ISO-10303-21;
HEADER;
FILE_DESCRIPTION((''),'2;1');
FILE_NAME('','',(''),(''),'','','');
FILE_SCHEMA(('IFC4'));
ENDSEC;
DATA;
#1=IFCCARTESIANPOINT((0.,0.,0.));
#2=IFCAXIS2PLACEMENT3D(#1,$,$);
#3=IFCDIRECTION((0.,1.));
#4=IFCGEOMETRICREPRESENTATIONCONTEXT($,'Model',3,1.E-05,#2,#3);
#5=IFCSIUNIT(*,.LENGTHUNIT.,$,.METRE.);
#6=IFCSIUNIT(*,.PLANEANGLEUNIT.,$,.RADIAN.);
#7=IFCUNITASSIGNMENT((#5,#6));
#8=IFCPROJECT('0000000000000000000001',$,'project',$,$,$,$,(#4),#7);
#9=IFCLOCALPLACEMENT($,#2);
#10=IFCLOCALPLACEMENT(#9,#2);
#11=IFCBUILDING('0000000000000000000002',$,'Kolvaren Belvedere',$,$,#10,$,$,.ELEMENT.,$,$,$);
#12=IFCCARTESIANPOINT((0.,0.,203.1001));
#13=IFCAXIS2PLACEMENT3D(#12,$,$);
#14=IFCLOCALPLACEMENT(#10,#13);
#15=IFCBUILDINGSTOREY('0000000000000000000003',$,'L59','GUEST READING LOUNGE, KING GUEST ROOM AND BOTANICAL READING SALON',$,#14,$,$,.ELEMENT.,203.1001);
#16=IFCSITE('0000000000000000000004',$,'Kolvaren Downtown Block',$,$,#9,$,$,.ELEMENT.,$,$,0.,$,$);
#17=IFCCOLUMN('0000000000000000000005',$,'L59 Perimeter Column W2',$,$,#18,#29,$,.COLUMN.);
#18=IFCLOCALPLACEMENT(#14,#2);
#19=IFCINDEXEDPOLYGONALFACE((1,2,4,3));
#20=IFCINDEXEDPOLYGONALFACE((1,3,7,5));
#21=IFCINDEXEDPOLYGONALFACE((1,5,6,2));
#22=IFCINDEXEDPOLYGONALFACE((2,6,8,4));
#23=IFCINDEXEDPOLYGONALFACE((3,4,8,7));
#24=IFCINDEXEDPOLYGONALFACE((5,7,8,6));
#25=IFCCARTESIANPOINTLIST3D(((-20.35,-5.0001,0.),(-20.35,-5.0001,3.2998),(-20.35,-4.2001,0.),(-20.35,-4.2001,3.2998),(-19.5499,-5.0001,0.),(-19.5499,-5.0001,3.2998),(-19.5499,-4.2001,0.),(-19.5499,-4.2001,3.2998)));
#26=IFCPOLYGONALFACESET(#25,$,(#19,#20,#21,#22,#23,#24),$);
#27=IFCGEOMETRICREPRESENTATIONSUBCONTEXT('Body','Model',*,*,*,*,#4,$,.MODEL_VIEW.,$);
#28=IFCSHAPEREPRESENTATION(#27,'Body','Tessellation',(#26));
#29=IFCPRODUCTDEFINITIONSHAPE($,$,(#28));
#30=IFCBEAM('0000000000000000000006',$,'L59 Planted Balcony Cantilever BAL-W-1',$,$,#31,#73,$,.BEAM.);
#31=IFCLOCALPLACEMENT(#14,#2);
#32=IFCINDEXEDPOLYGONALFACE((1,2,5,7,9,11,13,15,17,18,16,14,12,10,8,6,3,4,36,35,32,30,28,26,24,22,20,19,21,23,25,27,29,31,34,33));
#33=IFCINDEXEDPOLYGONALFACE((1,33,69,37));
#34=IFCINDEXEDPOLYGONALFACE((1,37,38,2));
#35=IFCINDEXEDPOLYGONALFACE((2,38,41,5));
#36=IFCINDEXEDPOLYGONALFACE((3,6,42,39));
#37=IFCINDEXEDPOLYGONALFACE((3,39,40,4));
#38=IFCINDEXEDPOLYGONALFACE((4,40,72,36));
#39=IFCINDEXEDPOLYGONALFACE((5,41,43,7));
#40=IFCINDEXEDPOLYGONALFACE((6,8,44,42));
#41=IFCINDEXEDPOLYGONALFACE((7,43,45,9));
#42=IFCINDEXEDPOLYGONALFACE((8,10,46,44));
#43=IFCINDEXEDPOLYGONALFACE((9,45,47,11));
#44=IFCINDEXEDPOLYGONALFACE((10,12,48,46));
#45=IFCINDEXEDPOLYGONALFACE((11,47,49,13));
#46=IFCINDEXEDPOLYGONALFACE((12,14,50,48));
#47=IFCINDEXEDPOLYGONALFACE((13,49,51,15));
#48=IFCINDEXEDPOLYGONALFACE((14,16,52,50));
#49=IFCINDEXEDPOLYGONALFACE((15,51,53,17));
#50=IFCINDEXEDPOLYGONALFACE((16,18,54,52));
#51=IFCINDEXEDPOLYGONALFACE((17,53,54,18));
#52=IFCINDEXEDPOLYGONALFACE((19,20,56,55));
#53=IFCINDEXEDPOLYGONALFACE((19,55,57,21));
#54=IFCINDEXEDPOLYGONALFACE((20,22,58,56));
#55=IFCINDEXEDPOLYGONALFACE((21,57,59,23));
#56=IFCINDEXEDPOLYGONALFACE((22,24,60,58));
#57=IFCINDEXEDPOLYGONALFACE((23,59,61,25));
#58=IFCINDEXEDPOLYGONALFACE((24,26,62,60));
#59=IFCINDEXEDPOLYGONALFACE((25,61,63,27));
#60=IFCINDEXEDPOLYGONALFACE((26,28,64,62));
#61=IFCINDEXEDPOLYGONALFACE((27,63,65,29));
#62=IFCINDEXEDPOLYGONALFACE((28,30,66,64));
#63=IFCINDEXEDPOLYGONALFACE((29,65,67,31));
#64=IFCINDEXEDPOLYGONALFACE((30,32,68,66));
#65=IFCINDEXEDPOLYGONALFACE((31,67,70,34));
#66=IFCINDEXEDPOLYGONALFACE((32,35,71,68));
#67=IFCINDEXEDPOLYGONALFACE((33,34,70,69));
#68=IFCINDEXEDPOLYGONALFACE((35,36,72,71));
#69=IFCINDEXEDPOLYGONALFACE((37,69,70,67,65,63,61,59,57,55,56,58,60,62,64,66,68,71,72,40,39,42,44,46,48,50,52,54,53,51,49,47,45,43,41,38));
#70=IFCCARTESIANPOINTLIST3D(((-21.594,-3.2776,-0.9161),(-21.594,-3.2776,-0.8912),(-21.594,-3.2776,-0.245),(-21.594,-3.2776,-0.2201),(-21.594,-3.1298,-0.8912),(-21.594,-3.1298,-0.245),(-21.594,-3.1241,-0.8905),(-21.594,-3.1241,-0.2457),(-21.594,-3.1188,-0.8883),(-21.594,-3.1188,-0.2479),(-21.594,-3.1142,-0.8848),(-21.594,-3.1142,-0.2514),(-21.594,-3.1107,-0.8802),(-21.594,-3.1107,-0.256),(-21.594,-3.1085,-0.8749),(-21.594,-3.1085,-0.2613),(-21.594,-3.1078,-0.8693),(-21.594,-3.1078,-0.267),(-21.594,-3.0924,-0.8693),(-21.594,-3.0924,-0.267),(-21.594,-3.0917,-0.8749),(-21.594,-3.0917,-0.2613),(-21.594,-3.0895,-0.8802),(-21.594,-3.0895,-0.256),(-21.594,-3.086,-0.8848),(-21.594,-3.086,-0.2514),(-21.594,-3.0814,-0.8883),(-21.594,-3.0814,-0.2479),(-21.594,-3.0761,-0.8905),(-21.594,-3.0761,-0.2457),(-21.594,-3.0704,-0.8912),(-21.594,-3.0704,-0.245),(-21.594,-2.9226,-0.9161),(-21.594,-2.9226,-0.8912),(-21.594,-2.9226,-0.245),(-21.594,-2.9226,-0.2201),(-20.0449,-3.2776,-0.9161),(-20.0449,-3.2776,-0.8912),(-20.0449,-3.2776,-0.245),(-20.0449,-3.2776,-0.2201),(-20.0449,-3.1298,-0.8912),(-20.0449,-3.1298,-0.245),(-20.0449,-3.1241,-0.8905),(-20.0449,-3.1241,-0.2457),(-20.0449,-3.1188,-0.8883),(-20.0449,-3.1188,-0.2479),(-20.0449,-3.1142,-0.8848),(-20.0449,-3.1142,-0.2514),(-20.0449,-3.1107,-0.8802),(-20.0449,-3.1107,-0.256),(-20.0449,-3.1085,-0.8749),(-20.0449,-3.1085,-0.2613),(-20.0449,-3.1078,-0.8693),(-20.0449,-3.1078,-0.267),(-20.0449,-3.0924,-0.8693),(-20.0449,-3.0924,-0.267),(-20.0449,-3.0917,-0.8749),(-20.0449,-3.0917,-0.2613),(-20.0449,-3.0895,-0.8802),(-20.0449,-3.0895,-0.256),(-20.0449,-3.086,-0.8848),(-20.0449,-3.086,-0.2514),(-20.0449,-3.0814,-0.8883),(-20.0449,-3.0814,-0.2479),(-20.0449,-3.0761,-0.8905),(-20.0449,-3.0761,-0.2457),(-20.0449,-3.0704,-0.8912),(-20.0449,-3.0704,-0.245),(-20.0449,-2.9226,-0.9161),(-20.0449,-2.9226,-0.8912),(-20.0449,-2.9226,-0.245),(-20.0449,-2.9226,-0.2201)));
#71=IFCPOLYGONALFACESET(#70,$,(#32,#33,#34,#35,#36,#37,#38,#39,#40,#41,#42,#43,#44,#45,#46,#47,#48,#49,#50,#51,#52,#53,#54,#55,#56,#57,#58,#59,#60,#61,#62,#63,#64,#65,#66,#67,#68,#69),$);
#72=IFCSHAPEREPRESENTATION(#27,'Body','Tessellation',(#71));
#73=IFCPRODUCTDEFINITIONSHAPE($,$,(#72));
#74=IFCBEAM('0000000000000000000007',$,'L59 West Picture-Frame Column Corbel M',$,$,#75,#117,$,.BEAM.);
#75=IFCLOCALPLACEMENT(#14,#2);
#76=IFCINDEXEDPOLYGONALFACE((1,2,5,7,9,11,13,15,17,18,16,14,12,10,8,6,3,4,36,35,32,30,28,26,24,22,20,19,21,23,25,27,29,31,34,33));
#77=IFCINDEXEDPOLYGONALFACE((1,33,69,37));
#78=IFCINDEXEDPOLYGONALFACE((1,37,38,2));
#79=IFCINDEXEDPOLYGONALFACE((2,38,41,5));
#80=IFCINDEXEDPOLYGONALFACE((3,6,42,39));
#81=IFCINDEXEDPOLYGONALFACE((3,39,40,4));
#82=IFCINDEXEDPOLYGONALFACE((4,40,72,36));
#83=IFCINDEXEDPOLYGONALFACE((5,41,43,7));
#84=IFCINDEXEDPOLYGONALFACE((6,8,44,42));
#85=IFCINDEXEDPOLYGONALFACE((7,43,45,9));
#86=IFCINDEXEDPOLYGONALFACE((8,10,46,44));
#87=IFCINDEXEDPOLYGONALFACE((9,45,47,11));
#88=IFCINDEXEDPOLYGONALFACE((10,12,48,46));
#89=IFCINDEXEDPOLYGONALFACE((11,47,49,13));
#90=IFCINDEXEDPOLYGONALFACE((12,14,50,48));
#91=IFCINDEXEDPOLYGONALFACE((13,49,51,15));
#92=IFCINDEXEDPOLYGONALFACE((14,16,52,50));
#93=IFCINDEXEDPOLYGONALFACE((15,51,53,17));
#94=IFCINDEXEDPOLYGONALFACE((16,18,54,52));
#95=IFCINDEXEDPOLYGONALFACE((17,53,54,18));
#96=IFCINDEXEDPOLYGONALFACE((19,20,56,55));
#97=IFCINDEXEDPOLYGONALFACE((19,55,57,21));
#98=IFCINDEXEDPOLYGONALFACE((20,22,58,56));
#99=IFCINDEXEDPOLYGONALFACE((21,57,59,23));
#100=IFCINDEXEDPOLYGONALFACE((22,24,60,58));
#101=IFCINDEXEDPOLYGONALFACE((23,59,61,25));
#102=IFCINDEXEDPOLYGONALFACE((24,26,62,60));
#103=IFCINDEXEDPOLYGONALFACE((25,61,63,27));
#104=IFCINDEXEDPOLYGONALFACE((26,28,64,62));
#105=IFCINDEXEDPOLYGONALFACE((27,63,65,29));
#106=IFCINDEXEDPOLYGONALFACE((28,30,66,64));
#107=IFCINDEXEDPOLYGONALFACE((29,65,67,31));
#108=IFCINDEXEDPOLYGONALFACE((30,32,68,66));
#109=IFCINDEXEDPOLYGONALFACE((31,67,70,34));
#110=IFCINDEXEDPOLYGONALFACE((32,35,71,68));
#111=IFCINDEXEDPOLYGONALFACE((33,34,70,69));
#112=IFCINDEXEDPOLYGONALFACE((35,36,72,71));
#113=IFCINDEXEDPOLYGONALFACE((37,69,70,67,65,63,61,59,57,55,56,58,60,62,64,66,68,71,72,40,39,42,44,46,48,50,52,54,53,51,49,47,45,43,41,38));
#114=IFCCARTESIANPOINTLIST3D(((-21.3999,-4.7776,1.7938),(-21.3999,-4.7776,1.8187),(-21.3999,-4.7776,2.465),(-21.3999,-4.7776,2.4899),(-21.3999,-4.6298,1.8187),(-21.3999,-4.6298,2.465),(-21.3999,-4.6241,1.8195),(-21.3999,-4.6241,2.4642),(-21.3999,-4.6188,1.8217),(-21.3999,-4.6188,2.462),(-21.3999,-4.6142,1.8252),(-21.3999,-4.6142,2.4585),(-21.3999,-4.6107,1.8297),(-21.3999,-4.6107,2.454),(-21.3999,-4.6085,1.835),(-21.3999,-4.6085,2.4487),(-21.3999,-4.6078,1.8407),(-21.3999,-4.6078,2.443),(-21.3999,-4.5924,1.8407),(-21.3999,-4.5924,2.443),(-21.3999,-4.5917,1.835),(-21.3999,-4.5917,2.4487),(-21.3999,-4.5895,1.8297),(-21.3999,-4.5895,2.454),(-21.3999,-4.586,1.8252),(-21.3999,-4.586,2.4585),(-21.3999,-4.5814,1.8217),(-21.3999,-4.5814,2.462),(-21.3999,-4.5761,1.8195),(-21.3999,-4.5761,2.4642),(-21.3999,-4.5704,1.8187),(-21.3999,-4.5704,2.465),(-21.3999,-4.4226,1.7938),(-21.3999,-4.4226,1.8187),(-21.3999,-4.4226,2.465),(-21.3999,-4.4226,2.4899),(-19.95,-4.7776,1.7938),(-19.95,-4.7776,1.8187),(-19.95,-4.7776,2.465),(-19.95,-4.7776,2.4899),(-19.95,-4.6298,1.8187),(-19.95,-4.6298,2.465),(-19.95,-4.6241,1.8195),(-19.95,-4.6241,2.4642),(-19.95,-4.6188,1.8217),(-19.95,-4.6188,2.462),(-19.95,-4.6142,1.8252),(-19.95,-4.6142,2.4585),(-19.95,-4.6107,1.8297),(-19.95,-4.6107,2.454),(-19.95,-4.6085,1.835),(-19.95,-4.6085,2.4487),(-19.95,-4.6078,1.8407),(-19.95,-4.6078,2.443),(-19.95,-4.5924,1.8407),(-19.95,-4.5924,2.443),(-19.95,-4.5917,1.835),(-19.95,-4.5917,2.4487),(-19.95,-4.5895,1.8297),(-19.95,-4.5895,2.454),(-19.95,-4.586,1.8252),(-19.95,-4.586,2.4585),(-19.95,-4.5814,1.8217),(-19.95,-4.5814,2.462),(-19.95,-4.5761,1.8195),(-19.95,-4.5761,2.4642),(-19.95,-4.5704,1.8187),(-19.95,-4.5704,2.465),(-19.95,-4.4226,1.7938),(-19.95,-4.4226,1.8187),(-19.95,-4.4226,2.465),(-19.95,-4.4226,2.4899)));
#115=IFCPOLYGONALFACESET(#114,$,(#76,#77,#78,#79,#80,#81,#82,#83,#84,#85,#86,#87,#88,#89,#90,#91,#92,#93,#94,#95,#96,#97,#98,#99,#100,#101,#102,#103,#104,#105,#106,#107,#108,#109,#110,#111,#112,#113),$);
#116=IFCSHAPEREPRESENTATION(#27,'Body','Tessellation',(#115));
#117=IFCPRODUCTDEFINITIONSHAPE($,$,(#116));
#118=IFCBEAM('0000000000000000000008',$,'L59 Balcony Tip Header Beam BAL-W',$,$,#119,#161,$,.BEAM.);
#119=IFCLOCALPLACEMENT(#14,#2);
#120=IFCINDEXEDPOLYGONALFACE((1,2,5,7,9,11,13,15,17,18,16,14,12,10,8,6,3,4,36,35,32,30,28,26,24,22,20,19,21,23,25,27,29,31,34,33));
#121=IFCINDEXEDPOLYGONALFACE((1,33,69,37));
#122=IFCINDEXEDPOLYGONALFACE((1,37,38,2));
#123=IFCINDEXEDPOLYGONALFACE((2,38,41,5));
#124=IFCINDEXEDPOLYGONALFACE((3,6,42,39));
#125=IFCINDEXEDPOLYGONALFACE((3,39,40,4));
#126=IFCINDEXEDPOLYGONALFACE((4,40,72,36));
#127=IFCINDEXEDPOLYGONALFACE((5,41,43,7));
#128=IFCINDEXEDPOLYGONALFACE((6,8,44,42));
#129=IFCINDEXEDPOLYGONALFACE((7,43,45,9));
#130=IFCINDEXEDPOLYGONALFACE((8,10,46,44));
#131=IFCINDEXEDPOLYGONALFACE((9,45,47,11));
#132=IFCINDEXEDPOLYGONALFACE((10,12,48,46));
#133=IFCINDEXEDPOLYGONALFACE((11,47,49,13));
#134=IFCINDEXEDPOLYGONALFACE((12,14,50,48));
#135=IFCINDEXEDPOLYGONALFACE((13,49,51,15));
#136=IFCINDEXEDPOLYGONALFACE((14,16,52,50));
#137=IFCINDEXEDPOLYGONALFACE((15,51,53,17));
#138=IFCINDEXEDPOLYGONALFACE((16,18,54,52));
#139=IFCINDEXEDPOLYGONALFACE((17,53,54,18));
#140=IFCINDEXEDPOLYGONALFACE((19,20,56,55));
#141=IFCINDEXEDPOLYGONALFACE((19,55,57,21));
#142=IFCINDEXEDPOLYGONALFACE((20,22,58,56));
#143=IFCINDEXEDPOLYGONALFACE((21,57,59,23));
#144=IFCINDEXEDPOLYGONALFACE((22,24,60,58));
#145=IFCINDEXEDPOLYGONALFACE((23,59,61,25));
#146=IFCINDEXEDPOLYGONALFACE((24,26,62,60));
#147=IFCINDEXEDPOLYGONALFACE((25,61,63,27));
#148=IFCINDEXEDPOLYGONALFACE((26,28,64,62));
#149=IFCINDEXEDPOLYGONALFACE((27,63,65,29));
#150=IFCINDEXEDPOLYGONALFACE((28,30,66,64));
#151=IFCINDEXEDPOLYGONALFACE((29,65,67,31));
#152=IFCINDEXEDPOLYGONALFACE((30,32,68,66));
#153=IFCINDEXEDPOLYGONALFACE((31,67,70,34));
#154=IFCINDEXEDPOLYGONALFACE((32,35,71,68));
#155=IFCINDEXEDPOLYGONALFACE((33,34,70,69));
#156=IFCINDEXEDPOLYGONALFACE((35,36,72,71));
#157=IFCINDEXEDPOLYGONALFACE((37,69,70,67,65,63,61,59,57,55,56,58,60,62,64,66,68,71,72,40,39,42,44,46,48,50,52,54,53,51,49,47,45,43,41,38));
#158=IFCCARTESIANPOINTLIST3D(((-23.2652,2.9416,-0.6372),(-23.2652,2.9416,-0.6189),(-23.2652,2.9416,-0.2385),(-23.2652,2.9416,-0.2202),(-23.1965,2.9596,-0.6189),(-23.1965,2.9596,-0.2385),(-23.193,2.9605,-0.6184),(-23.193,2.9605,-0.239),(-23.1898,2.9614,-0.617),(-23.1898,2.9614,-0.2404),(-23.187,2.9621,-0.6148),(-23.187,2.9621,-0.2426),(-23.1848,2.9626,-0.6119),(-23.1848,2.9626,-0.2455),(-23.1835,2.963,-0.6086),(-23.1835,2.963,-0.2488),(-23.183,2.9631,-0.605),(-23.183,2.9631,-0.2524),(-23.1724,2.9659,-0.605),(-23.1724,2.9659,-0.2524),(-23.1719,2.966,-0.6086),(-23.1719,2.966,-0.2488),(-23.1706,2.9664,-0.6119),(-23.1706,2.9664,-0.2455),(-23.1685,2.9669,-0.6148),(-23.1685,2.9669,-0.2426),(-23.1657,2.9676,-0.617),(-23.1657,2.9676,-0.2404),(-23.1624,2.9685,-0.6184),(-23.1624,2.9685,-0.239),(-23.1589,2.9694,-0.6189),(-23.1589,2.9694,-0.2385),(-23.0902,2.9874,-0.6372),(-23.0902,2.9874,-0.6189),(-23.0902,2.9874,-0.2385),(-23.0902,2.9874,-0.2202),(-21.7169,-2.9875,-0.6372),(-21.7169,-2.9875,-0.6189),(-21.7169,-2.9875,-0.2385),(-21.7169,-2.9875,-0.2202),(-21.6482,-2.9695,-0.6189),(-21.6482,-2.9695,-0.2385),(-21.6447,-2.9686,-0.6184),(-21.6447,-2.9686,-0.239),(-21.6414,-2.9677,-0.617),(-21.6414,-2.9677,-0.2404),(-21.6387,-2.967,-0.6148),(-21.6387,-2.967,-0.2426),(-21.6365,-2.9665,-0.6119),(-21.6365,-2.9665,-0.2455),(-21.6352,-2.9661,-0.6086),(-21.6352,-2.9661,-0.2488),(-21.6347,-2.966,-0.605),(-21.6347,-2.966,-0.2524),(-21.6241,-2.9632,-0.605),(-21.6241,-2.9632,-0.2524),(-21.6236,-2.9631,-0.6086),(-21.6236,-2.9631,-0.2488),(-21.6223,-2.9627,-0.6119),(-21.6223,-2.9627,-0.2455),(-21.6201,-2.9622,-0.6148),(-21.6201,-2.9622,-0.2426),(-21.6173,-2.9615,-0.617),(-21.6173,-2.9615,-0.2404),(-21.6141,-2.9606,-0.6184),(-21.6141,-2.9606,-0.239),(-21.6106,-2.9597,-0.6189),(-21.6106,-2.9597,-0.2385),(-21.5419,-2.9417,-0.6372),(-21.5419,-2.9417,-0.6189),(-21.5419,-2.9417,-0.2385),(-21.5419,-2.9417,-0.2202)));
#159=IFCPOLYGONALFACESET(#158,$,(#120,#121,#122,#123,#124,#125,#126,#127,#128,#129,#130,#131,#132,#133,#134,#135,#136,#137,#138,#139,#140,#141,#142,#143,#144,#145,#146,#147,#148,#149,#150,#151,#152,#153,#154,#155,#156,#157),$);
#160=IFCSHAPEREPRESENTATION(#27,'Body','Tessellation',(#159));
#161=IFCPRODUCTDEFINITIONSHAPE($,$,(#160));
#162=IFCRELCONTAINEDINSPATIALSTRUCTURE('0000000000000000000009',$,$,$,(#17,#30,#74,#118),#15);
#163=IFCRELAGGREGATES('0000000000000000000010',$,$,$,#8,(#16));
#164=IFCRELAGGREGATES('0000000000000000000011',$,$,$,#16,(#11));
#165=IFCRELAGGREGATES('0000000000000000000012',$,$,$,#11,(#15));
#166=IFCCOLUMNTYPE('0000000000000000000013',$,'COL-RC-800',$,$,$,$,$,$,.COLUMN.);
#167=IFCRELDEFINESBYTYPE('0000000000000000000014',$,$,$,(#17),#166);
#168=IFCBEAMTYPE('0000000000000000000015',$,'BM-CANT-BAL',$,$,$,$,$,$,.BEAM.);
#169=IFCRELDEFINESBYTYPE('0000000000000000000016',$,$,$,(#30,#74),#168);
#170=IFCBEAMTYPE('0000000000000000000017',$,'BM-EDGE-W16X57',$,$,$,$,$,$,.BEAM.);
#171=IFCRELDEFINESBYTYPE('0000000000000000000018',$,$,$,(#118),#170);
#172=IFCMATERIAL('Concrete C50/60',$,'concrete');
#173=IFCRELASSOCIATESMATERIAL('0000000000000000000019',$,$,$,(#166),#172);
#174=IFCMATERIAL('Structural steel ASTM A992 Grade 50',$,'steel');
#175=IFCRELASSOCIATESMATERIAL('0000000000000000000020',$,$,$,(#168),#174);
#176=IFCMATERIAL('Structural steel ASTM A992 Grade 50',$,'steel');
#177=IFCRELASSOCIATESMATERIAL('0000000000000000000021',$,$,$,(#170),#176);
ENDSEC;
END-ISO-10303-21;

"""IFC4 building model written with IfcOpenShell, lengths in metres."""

from ifc_helpers import new_model, si_unit, direction, frame, origin, origin_2d, place, context, subcontext, project, spatial, rectangle, i_section, extrude, material, material_profile, profile_set, type_object, element, save


model = new_model("IFC4")

# Units and contexts
model_context = context("Model", 3, precision=1e-05, world=origin(), true_north=direction((0.0, 1.0)))
body_context = subcontext(model_context, "Body", "Model", "MODEL_VIEW")
ifc_project = project(units=[si_unit("LENGTHUNIT", "METRE"), si_unit("PLANEANGLEUNIT", "RADIAN")], contexts=[model_context])

# Site, building, storey
site_placement = place(None, origin())
site = spatial("IfcSite", under=ifc_project, at=site_placement, Name="Kolvaren Downtown Block", CompositionType="ELEMENT", RefElevation=0.0)
building_placement = place(site_placement, origin())
building = spatial("IfcBuilding", under=site, at=building_placement, Name="Kolvaren Belvedere", CompositionType="ELEMENT")
storey_placement = place(building_placement, frame((0.0, 0.0, 203.1001)))
storey = spatial("IfcBuildingStorey", under=building, at=storey_placement, Name="L59", Description="GUEST READING LOUNGE, KING GUEST ROOM AND BOTANICAL READING SALON", CompositionType="ELEMENT", Elevation=203.1001)

# Column
ifc_material_1 = material(Name="Concrete C50/60", Category="concrete")
ifc_material_profile_1 = material_profile(ifc_material_1, rectangle(XDim=0.8, YDim=0.8, at=origin_2d()), Name="RC 800X800")
ifc_profile_set_1 = profile_set([ifc_material_profile_1], Name="Concrete C50/60")
column_type = type_object("IfcColumnType", Name="COL-RC-800", PredefinedType="COLUMN", material=ifc_profile_set_1)
column_placement = place(storey_placement, frame((-19.95, -4.6001, 0.0), z_axis=(0.0, 0.0, 1.0), x_axis=(1.0, 0.0, 0.0)))
element("IfcColumn", 1, at=column_placement, inside=storey, type_object=column_type, Name="L59 Perimeter Column W2", PredefinedType="COLUMN", context=body_context, shape_type="SweptSolid", body=[
    extrude(rectangle(XDim=0.8, YDim=0.8, at=origin_2d()), origin(), (0.0, 0.0, 1.0), 3.2998),
])

# Beams
ifc_material_2 = material(Name="Structural steel ASTM A992 Grade 50", Category="steel")
ifc_material_profile_2 = material_profile(ifc_material_2, i_section(OverallWidth=0.355, OverallDepth=0.696, WebThickness=0.0154, FlangeThickness=0.0249, FilletRadius=0.022, at=origin_2d()), Name="W27X146")
ifc_profile_set_2 = profile_set([ifc_material_profile_2], Name="Structural steel ASTM A992 Grade 50")
beam_type_1 = type_object("IfcBeamType", Name="BM-CANT-BAL", PredefinedType="BEAM", material=ifc_profile_set_2)
beam_1_placement = place(storey_placement, frame((-20.0449, -3.1001, -0.5681), z_axis=(-1.0, 0.0, 0.0), x_axis=(0.0, -1.0, 0.0)))
element("IfcBeam", 2, at=beam_1_placement, inside=storey, type_object=beam_type_1, Name="L59 Planted Balcony Cantilever BAL-W-1", PredefinedType="BEAM", context=body_context, shape_type="SweptSolid", body=[
    extrude(i_section(OverallWidth=0.355, OverallDepth=0.696, WebThickness=0.0154, FlangeThickness=0.0249, FilletRadius=0.022, at=origin_2d()), origin(), (0.0, 0.0, 1.0), 1.5491),
])
beam_2_placement = place(storey_placement, frame((-19.95, -4.6001, 2.1418), z_axis=(-1.0, 0.0, 0.0), x_axis=(0.0, -1.0, 0.0)))
element("IfcBeam", 3, at=beam_2_placement, inside=storey, type_object=beam_type_1, Name="L59 West Picture-Frame Column Corbel M", PredefinedType="BEAM", context=body_context, shape_type="SweptSolid", body=[
    extrude(i_section(OverallWidth=0.355, OverallDepth=0.696, WebThickness=0.0154, FlangeThickness=0.0249, FilletRadius=0.022, at=origin_2d()), origin(), (0.0, 0.0, 1.0), 1.45),
])
ifc_material_3 = material(Name="Structural steel ASTM A992 Grade 50", Category="steel")
ifc_material_profile_3 = material_profile(ifc_material_3, i_section(OverallWidth=0.1809, OverallDepth=0.417, WebThickness=0.011, FlangeThickness=0.0183, FilletRadius=0.0139, at=origin_2d()), Name="W16X57")
ifc_profile_set_3 = profile_set([ifc_material_profile_3], Name="Structural steel ASTM A992 Grade 50")
beam_type_2 = type_object("IfcBeamType", Name="BM-EDGE-W16X57", PredefinedType="BEAM", material=ifc_profile_set_3)
beam_3_placement = place(storey_placement, frame((-21.6294, -2.9646, -0.4287), z_axis=(-0.252665, 0.967554, 0.0), x_axis=(-0.967554, -0.252665, 0.0)))
element("IfcBeam", 4, at=beam_3_placement, inside=storey, type_object=beam_type_2, Name="L59 Balcony Tip Header Beam BAL-W", PredefinedType="BEAM", context=body_context, shape_type="SweptSolid", body=[
    extrude(i_section(OverallWidth=0.1809, OverallDepth=0.417, WebThickness=0.011, FlangeThickness=0.0183, FilletRadius=0.0139, at=origin_2d()), origin(), (0.0, 0.0, 1.0), 6.1279),
])

save(model, "model.ifc")
